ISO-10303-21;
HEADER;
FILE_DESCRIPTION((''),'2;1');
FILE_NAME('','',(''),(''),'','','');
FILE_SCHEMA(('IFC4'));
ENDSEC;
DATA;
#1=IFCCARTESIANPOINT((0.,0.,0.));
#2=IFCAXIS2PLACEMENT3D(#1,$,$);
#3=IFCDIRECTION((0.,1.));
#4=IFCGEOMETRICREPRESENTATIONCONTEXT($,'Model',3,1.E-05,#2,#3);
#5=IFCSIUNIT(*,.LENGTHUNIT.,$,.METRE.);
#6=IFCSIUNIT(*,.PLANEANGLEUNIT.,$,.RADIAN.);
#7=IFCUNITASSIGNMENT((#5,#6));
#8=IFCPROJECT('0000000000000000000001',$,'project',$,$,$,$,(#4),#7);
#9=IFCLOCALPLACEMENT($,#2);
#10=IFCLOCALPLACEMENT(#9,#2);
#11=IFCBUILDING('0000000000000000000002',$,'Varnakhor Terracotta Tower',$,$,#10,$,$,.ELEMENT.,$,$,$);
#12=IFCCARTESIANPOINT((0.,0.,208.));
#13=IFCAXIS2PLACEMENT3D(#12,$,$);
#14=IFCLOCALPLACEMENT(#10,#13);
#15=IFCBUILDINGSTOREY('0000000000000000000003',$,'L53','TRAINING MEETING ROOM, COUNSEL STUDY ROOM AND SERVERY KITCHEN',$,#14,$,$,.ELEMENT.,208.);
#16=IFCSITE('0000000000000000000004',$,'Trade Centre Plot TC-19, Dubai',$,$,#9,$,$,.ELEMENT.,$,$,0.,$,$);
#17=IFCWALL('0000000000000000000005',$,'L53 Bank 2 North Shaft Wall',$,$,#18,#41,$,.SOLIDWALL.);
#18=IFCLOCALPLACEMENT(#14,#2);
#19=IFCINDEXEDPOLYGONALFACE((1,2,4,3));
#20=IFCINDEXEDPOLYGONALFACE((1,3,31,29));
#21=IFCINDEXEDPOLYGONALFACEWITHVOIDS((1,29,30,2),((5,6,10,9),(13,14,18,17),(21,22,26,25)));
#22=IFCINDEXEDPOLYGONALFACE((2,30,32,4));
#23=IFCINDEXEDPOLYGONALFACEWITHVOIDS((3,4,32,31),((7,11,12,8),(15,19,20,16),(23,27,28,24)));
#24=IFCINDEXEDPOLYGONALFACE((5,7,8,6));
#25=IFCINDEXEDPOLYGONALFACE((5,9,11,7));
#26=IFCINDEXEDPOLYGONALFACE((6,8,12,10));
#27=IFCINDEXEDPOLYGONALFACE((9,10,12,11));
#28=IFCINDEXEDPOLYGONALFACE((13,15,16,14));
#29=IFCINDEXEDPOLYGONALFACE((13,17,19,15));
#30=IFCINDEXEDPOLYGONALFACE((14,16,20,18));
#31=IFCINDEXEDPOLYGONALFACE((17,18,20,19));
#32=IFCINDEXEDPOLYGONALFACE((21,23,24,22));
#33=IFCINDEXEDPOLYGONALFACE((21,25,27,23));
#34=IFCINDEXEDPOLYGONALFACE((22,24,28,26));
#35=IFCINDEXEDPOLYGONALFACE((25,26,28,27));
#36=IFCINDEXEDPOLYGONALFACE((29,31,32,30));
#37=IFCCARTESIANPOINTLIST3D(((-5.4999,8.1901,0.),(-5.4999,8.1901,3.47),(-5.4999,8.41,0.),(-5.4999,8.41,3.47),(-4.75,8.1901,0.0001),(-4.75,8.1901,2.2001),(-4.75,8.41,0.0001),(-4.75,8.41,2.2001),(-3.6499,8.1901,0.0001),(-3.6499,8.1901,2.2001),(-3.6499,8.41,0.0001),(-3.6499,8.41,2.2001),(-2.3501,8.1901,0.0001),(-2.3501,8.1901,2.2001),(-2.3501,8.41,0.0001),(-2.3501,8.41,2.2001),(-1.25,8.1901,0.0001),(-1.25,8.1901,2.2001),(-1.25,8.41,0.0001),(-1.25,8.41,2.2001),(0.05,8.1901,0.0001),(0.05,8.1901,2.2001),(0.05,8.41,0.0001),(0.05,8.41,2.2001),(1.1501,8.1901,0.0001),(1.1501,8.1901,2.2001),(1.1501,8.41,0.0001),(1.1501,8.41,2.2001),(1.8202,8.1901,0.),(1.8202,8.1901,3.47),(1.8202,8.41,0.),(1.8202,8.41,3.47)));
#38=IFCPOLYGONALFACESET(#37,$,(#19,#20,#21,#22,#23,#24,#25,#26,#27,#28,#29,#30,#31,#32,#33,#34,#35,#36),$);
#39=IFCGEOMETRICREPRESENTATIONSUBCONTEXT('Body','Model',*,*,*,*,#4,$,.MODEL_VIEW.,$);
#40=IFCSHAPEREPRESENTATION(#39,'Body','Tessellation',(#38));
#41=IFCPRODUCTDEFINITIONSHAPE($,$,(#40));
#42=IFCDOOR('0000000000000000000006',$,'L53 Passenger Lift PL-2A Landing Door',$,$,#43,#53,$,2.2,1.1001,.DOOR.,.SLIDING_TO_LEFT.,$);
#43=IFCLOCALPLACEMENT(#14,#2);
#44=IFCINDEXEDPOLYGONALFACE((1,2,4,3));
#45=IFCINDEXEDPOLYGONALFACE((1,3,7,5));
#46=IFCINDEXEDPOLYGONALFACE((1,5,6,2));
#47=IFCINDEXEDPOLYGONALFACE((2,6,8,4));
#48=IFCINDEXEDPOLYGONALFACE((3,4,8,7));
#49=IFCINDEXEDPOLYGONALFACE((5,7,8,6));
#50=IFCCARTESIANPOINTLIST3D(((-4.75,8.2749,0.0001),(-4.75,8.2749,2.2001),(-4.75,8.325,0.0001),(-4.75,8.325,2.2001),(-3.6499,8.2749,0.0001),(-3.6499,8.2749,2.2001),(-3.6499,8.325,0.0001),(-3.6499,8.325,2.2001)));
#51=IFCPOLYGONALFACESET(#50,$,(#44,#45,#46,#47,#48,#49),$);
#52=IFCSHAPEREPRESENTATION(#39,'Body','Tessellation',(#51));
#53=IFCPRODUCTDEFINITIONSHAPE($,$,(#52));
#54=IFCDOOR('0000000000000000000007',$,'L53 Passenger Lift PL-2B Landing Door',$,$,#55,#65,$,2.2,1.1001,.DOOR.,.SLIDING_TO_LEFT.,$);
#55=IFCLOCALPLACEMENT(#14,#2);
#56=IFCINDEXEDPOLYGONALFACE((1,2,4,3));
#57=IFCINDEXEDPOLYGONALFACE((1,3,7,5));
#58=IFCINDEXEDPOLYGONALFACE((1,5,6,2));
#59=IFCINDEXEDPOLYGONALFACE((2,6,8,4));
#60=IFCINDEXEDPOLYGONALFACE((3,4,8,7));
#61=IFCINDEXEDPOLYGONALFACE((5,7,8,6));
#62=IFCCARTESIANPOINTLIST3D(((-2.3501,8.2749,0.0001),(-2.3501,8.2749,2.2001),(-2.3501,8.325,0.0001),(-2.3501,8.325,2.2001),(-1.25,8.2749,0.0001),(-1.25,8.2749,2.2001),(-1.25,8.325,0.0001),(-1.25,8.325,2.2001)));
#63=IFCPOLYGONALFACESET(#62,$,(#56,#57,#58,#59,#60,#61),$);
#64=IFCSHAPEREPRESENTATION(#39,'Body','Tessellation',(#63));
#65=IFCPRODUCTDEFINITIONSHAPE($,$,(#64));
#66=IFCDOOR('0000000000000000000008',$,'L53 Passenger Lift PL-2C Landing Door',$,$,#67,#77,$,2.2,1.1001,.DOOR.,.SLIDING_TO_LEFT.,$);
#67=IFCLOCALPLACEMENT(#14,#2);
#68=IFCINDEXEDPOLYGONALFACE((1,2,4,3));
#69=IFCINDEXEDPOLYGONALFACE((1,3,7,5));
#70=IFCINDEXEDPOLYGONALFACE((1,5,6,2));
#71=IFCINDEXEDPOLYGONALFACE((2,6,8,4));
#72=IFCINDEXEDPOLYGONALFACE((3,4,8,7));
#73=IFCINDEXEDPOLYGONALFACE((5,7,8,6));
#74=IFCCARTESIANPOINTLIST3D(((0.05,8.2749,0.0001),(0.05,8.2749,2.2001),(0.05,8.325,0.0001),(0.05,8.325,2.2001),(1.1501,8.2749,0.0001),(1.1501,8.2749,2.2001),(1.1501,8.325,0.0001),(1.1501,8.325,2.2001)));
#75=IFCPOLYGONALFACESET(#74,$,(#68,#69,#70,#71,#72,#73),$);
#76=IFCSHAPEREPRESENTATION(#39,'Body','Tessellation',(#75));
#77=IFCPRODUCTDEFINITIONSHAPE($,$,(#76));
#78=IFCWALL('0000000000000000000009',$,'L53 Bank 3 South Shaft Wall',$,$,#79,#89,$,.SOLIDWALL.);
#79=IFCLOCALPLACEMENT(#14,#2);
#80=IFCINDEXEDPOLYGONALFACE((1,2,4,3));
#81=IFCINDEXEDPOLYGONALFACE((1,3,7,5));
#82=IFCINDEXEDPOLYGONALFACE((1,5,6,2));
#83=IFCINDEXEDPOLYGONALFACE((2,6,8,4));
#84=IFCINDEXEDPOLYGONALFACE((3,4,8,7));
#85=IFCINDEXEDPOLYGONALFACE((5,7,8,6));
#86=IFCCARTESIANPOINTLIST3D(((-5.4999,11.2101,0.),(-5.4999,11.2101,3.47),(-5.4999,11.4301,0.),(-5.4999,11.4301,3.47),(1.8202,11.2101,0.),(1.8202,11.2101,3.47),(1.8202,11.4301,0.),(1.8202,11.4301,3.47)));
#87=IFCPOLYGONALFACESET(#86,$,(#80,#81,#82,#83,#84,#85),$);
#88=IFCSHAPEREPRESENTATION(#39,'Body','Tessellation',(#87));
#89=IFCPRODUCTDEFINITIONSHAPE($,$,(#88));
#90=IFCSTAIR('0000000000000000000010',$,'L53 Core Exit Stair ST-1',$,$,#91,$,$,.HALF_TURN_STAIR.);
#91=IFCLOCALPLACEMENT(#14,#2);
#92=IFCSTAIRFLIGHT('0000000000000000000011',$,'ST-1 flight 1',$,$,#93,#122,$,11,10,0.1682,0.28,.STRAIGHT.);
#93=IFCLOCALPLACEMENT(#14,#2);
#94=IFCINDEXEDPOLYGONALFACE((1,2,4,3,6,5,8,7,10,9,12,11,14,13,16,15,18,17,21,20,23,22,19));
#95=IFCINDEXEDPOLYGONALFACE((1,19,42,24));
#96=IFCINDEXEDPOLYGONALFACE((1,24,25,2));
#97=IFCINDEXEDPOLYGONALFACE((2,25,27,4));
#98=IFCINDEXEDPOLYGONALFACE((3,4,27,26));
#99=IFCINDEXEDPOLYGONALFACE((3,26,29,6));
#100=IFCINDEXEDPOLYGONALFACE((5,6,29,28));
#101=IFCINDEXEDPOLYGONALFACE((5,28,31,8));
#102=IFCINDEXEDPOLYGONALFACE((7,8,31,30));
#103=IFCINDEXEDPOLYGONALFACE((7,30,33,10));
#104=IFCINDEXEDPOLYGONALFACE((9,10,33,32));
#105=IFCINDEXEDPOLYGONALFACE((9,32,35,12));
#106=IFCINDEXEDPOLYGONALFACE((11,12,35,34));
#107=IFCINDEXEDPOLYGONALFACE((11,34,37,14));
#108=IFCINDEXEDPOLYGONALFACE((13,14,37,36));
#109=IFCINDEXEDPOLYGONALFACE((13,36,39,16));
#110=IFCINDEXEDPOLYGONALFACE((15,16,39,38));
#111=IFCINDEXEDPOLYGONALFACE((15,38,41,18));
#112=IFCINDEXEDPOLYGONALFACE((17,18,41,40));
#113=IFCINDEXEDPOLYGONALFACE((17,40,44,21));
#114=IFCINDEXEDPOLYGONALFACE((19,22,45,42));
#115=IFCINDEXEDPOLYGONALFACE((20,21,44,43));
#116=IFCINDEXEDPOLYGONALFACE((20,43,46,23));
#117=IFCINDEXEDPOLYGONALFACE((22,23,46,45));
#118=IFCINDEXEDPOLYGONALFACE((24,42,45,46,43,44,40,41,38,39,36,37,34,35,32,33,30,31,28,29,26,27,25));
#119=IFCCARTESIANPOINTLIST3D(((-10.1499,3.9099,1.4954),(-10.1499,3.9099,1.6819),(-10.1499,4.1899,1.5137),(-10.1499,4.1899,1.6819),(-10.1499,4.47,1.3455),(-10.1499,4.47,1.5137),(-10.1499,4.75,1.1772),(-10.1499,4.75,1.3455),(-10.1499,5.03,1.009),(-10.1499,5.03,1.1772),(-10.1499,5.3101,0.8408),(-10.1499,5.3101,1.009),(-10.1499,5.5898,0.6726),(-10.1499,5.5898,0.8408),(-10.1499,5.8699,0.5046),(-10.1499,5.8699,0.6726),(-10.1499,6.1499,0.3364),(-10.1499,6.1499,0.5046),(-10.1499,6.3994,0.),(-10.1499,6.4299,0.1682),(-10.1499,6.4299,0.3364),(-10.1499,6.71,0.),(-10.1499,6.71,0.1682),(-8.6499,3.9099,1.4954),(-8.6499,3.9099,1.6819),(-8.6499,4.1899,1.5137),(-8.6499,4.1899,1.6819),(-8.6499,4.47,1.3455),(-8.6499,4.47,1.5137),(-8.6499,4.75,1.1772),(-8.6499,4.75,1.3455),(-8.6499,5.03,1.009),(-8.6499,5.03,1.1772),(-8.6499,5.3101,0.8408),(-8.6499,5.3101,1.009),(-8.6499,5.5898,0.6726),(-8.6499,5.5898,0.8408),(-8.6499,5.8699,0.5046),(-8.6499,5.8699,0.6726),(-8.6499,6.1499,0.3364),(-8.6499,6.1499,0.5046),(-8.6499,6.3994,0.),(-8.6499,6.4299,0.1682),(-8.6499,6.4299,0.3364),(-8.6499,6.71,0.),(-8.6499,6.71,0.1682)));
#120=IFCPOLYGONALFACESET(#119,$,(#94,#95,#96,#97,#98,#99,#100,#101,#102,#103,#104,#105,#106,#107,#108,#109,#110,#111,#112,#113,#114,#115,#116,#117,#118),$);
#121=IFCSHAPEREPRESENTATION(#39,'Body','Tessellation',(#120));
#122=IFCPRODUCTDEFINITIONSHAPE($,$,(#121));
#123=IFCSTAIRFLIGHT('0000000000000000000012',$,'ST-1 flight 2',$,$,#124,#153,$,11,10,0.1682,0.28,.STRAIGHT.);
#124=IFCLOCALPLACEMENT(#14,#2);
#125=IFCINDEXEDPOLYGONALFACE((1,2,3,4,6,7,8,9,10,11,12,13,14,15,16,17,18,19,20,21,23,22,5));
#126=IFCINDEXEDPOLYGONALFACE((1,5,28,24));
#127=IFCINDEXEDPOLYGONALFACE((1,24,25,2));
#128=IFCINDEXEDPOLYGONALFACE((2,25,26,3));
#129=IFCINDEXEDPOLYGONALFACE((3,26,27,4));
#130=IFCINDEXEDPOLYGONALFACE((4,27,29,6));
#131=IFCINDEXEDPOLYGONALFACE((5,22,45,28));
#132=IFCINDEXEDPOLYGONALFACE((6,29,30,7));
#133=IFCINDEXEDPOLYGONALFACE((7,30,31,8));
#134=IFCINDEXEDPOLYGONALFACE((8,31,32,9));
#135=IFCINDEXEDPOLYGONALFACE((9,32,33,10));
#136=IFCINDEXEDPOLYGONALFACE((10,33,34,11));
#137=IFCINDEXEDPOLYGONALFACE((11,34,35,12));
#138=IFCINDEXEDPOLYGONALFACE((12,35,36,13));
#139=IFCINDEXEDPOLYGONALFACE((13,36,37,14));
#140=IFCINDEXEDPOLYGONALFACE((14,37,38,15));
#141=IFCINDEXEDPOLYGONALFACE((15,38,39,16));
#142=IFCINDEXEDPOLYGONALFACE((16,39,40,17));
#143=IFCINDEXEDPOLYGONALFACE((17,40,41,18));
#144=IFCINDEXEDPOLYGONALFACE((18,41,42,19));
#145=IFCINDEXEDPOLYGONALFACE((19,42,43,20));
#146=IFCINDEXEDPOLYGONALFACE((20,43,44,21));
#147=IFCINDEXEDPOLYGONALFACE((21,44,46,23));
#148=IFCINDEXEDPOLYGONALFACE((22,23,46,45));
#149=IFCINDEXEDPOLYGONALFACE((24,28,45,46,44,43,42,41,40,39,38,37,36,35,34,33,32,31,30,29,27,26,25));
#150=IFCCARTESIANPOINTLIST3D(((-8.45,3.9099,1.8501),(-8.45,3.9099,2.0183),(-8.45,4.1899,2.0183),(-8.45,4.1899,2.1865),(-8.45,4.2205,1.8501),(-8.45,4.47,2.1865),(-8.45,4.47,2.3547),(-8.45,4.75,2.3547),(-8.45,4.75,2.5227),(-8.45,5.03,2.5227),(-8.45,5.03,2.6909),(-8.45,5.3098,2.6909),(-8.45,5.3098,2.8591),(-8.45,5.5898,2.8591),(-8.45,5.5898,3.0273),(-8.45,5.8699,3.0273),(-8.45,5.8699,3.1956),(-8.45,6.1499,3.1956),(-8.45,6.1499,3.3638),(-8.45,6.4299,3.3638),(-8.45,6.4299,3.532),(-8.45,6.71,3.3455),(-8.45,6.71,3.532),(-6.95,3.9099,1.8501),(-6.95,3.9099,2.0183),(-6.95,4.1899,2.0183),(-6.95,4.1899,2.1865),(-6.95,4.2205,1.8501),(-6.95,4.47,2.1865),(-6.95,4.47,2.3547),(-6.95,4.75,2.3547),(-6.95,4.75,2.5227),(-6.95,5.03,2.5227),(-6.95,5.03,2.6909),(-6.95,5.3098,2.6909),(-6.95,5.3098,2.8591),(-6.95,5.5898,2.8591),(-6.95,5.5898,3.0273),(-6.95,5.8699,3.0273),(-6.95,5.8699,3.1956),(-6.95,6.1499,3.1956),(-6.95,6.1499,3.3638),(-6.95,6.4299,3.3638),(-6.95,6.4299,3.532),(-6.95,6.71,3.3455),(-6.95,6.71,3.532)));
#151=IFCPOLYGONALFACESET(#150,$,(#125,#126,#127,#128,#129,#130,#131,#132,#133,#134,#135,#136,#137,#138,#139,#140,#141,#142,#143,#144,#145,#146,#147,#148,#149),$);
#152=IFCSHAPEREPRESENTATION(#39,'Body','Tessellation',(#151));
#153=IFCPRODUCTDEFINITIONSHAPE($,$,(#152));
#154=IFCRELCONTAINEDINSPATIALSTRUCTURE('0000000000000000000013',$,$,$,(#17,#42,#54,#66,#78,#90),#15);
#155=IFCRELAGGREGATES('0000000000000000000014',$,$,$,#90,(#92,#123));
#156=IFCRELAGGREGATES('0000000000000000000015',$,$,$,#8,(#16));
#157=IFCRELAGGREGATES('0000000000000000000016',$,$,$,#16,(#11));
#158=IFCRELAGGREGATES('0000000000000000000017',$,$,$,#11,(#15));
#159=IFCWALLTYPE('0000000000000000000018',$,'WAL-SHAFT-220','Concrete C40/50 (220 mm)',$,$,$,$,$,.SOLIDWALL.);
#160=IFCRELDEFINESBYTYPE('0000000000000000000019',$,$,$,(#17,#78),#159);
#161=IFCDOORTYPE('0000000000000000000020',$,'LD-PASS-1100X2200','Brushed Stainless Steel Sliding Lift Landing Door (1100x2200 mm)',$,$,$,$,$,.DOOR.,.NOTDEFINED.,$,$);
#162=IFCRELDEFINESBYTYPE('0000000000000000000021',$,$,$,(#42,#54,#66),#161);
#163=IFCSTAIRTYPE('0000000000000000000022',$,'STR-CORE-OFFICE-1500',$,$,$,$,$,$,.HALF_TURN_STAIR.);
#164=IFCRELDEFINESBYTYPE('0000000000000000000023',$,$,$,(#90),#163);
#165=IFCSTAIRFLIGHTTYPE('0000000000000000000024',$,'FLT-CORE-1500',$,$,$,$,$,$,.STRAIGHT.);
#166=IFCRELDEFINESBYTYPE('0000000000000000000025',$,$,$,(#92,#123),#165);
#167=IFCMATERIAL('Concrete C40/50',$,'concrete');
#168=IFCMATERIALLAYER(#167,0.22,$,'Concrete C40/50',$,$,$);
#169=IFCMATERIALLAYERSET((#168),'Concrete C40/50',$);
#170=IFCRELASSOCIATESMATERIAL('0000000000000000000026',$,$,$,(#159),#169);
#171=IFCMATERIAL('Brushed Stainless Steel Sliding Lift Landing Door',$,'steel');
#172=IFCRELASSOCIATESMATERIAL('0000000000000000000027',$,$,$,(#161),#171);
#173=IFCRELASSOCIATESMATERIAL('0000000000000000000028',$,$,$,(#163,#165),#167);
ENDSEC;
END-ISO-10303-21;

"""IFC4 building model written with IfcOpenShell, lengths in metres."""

from ifc_helpers import new_model, si_unit, direction, frame, frame_2d, origin, place, context, subcontext, project, spatial, polyline, rectangle, outline, extrude, source, transform, mapped, material, layer, layer_set, type_object, type_shapes, element, fill, aggregate, save


model = new_model("IFC4")

# Units and contexts
model_context = context("Model", 3, precision=1e-05, world=origin(), true_north=direction((0.0, 1.0)))
body_context = subcontext(model_context, "Body", "Model", "MODEL_VIEW")
ifc_project = project(units=[si_unit("LENGTHUNIT", "METRE"), si_unit("PLANEANGLEUNIT", "RADIAN")], contexts=[model_context])

# Site, building, storey
site_placement = place(None, origin())
site = spatial("IfcSite", under=ifc_project, at=site_placement, Name="Trade Centre Plot TC-19, Dubai", CompositionType="ELEMENT", RefElevation=0.0)
building_placement = place(site_placement, origin())
building = spatial("IfcBuilding", under=site, at=building_placement, Name="Varnakhor Terracotta Tower", CompositionType="ELEMENT")
storey_placement = place(building_placement, frame((0.0, 0.0, 208.0)))
storey = spatial("IfcBuildingStorey", under=building, at=storey_placement, Name="L53", Description="TRAINING MEETING ROOM, COUNSEL STUDY ROOM AND SERVERY KITCHEN", CompositionType="ELEMENT", Elevation=208.0)

# Shared definitions
ifc_material_1 = material(Name="Concrete C40/50", Category="concrete")

# Shared definitions
ifc_layer_1 = layer(ifc_material_1, 0.22, Name="Concrete C40/50")
ifc_layer_set_1 = layer_set([ifc_layer_1], Name="Concrete C40/50")
wall_type_1 = type_object("IfcWallType", Name="WAL-SHAFT-220", Description="Concrete C40/50 (220 mm)", PredefinedType="SOLIDWALL", material=ifc_layer_set_1)

# Wall, openings, doors
wall_1_placement = place(storey_placement, frame((-5.5, 8.3, 0.0), z_axis=(0.0, 0.0, 1.0), x_axis=(1.0, 0.0, 0.0)))
wall_1 = element("IfcWall", 1, at=wall_1_placement, inside=storey, type_object=wall_type_1, Name="L53 Bank 2 North Shaft Wall", PredefinedType="SOLIDWALL", context=body_context, shape_type="SweptSolid", body=[
    extrude(rectangle(XDim=7.3201, YDim=0.22, at=frame_2d((3.6602, 0.0))), origin(), (0.0, 0.0, 1.0), 3.47),
])
opening_1_placement = place(wall_1_placement, frame((0.75, 0.0, 0.0)))
opening_1 = element("IfcOpeningElement", 2, at=opening_1_placement, cuts=wall_1, PredefinedType="OPENING", context=body_context, shape_type="SweptSolid", body=[
    extrude(rectangle(XDim=1.1001, YDim=2.2, at=frame_2d((0.55, 1.1001))), frame((0.0, 0.1201, 0.0), z_axis=(0.0, -1.0, 0.0), x_axis=(1.0, 0.0, 0.0)), (0.0, 0.0, 1.0), 0.24),
])
opening_2_placement = place(wall_1_placement, frame((3.1499, 0.0, 0.0)))
opening_2 = element("IfcOpeningElement", 3, at=opening_2_placement, cuts=wall_1, PredefinedType="OPENING", context=body_context, shape_type="SweptSolid", body=[
    extrude(rectangle(XDim=1.1001, YDim=2.2, at=frame_2d((0.55, 1.1001))), frame((0.0, 0.1201, 0.0), z_axis=(0.0, -1.0, 0.0), x_axis=(1.0, 0.0, 0.0)), (0.0, 0.0, 1.0), 0.24),
])
opening_3_placement = place(wall_1_placement, frame((5.55, 0.0, 0.0)))
opening_3 = element("IfcOpeningElement", 4, at=opening_3_placement, cuts=wall_1, PredefinedType="OPENING", context=body_context, shape_type="SweptSolid", body=[
    extrude(rectangle(XDim=1.1001, YDim=2.2, at=frame_2d((0.55, 1.1001))), frame((0.0, 0.1201, 0.0), z_axis=(0.0, -1.0, 0.0), x_axis=(1.0, 0.0, 0.0)), (0.0, 0.0, 1.0), 0.24),
])
ifc_material_2 = material(Name="Brushed Stainless Steel Sliding Lift Landing Door", Category="steel")
door_type_1 = type_object("IfcDoorType", Name="LD-PASS-1100X2200", Description="Brushed Stainless Steel Sliding Lift Landing Door (1100x2200 mm)", OperationType="NOTDEFINED", PredefinedType="DOOR", material=ifc_material_2)
shared_shape_1 = source(origin(), body_context, "Body", "SweptSolid", [
    extrude(rectangle(XDim=1.1001, YDim=2.2, at=frame_2d((0.55, 1.1001))), frame((0.0, 0.0249, 0.0), z_axis=(0.0, -1.0, 0.0), x_axis=(1.0, 0.0, 0.0)), (0.0, 0.0, 1.0), 0.05),
])
type_shapes(door_type_1, [shared_shape_1])
door_1_placement = place(opening_1_placement, origin())
door_1 = element("IfcDoor", 5, at=door_1_placement, inside=storey, type_object=door_type_1, Name="L53 Passenger Lift PL-2A Landing Door", OperationType="SLIDING_TO_LEFT", OverallHeight=2.2, OverallWidth=1.1001, PredefinedType="DOOR", context=body_context, shape_type="MappedRepresentation", body=[
    mapped(shared_shape_1, transform((0.0, 0.0, 0.0), scale=1.0)),
])
fill(opening_1, door_1)
door_2_placement = place(opening_2_placement, origin())
door_2 = element("IfcDoor", 6, at=door_2_placement, inside=storey, type_object=door_type_1, Name="L53 Passenger Lift PL-2B Landing Door", OperationType="SLIDING_TO_LEFT", OverallHeight=2.2, OverallWidth=1.1001, PredefinedType="DOOR", context=body_context, shape_type="MappedRepresentation", body=[
    mapped(shared_shape_1, transform((0.0, 0.0, 0.0), scale=1.0)),
])
fill(opening_2, door_2)
door_3_placement = place(opening_3_placement, origin())
door_3 = element("IfcDoor", 7, at=door_3_placement, inside=storey, type_object=door_type_1, Name="L53 Passenger Lift PL-2C Landing Door", OperationType="SLIDING_TO_LEFT", OverallHeight=2.2, OverallWidth=1.1001, PredefinedType="DOOR", context=body_context, shape_type="MappedRepresentation", body=[
    mapped(shared_shape_1, transform((0.0, 0.0, 0.0), scale=1.0)),
])
fill(opening_3, door_3)

# Wall
wall_2_placement = place(storey_placement, frame((-5.5, 11.3201, 0.0), z_axis=(0.0, 0.0, 1.0), x_axis=(1.0, 0.0, 0.0)))
element("IfcWall", 8, at=wall_2_placement, inside=storey, type_object=wall_type_1, Name="L53 Bank 3 South Shaft Wall", PredefinedType="SOLIDWALL", context=body_context, shape_type="SweptSolid", body=[
    extrude(rectangle(XDim=7.3201, YDim=0.22, at=frame_2d((3.6602, 0.0))), origin(), (0.0, 0.0, 1.0), 3.47),
])

# Stair, stair flights
stair_type = type_object("IfcStairType", Name="STR-CORE-OFFICE-1500", PredefinedType="HALF_TURN_STAIR", material=ifc_material_1)
stair_placement = place(storey_placement, origin())
stair = element("IfcStair", 9, at=stair_placement, inside=storey, type_object=stair_type, Name="L53 Core Exit Stair ST-1", PredefinedType="HALF_TURN_STAIR")
stair_flight_type = type_object("IfcStairFlightType", Name="FLT-CORE-1500", PredefinedType="STRAIGHT", material=ifc_material_1)
stair_flight_1_placement = place(storey_placement, frame((-9.3999, 6.71, 0.0), z_axis=(0.0, 0.0, 1.0), x_axis=(0.0, -1.0, 0.0)))
stair_flight_1 = element("IfcStairFlight", 10, at=stair_flight_1_placement, type_object=stair_flight_type, Name="ST-1 flight 1", NumberOfRisers=11, NumberOfTreads=10, PredefinedType="STRAIGHT", RiserHeight=0.1682, TreadLength=0.28, context=body_context, shape_type="SweptSolid", body=[
    extrude(outline(polyline([(0.0, 0.0), (0.0, 0.1682), (0.28, 0.1682), (0.28, 0.3364), (0.5601, 0.3364), (0.5601, 0.5046), (0.8401, 0.5046), (0.8401, 0.6726), (1.1201, 0.6726), (1.1201, 0.8408), (1.3999, 0.8408), (1.3999, 1.009), (1.6799, 1.009), (1.6799, 1.1772), (1.96, 1.1772), (1.96, 1.3455), (2.24, 1.3455), (2.24, 1.5137), (2.52, 1.5137), (2.52, 1.6819), (2.8, 1.6819), (2.8, 1.8501), (2.8, 1.4954), (0.3105, 0.0), (0.0, 0.0)])), frame((0.0, 0.75, 0.0), z_axis=(0.0, -1.0, 0.0), x_axis=(1.0, 0.0, 0.0)), (0.0, 0.0, 1.0), 1.5),
])
stair_flight_2_placement = place(storey_placement, frame((-7.7, 3.9099, 1.8501), z_axis=(0.0, 0.0, 1.0), x_axis=(0.0, 1.0, 0.0)))
stair_flight_2 = element("IfcStairFlight", 11, at=stair_flight_2_placement, type_object=stair_flight_type, Name="ST-1 flight 2", NumberOfRisers=11, NumberOfTreads=10, PredefinedType="STRAIGHT", RiserHeight=0.1682, TreadLength=0.28, context=body_context, shape_type="SweptSolid", body=[
    extrude(outline(polyline([(0.0, 0.0), (0.0, 0.1682), (0.28, 0.1682), (0.28, 0.3364), (0.5601, 0.3364), (0.5601, 0.5046), (0.8401, 0.5046), (0.8401, 0.6726), (1.1201, 0.6726), (1.1201, 0.8408), (1.3999, 0.8408), (1.3999, 1.009), (1.6799, 1.009), (1.6799, 1.1772), (1.96, 1.1772), (1.96, 1.3455), (2.24, 1.3455), (2.24, 1.5137), (2.52, 1.5137), (2.52, 1.6819), (2.8, 1.6819), (2.8, 1.8501), (2.8, 1.4954), (0.3105, 0.0), (0.0, 0.0)])), frame((0.0, 0.75, 0.0), z_axis=(0.0, -1.0, 0.0), x_axis=(1.0, 0.0, 0.0)), (0.0, 0.0, 1.0), 1.5),
])
aggregate(stair, [stair_flight_1, stair_flight_2])

save(model, "model.ifc")
